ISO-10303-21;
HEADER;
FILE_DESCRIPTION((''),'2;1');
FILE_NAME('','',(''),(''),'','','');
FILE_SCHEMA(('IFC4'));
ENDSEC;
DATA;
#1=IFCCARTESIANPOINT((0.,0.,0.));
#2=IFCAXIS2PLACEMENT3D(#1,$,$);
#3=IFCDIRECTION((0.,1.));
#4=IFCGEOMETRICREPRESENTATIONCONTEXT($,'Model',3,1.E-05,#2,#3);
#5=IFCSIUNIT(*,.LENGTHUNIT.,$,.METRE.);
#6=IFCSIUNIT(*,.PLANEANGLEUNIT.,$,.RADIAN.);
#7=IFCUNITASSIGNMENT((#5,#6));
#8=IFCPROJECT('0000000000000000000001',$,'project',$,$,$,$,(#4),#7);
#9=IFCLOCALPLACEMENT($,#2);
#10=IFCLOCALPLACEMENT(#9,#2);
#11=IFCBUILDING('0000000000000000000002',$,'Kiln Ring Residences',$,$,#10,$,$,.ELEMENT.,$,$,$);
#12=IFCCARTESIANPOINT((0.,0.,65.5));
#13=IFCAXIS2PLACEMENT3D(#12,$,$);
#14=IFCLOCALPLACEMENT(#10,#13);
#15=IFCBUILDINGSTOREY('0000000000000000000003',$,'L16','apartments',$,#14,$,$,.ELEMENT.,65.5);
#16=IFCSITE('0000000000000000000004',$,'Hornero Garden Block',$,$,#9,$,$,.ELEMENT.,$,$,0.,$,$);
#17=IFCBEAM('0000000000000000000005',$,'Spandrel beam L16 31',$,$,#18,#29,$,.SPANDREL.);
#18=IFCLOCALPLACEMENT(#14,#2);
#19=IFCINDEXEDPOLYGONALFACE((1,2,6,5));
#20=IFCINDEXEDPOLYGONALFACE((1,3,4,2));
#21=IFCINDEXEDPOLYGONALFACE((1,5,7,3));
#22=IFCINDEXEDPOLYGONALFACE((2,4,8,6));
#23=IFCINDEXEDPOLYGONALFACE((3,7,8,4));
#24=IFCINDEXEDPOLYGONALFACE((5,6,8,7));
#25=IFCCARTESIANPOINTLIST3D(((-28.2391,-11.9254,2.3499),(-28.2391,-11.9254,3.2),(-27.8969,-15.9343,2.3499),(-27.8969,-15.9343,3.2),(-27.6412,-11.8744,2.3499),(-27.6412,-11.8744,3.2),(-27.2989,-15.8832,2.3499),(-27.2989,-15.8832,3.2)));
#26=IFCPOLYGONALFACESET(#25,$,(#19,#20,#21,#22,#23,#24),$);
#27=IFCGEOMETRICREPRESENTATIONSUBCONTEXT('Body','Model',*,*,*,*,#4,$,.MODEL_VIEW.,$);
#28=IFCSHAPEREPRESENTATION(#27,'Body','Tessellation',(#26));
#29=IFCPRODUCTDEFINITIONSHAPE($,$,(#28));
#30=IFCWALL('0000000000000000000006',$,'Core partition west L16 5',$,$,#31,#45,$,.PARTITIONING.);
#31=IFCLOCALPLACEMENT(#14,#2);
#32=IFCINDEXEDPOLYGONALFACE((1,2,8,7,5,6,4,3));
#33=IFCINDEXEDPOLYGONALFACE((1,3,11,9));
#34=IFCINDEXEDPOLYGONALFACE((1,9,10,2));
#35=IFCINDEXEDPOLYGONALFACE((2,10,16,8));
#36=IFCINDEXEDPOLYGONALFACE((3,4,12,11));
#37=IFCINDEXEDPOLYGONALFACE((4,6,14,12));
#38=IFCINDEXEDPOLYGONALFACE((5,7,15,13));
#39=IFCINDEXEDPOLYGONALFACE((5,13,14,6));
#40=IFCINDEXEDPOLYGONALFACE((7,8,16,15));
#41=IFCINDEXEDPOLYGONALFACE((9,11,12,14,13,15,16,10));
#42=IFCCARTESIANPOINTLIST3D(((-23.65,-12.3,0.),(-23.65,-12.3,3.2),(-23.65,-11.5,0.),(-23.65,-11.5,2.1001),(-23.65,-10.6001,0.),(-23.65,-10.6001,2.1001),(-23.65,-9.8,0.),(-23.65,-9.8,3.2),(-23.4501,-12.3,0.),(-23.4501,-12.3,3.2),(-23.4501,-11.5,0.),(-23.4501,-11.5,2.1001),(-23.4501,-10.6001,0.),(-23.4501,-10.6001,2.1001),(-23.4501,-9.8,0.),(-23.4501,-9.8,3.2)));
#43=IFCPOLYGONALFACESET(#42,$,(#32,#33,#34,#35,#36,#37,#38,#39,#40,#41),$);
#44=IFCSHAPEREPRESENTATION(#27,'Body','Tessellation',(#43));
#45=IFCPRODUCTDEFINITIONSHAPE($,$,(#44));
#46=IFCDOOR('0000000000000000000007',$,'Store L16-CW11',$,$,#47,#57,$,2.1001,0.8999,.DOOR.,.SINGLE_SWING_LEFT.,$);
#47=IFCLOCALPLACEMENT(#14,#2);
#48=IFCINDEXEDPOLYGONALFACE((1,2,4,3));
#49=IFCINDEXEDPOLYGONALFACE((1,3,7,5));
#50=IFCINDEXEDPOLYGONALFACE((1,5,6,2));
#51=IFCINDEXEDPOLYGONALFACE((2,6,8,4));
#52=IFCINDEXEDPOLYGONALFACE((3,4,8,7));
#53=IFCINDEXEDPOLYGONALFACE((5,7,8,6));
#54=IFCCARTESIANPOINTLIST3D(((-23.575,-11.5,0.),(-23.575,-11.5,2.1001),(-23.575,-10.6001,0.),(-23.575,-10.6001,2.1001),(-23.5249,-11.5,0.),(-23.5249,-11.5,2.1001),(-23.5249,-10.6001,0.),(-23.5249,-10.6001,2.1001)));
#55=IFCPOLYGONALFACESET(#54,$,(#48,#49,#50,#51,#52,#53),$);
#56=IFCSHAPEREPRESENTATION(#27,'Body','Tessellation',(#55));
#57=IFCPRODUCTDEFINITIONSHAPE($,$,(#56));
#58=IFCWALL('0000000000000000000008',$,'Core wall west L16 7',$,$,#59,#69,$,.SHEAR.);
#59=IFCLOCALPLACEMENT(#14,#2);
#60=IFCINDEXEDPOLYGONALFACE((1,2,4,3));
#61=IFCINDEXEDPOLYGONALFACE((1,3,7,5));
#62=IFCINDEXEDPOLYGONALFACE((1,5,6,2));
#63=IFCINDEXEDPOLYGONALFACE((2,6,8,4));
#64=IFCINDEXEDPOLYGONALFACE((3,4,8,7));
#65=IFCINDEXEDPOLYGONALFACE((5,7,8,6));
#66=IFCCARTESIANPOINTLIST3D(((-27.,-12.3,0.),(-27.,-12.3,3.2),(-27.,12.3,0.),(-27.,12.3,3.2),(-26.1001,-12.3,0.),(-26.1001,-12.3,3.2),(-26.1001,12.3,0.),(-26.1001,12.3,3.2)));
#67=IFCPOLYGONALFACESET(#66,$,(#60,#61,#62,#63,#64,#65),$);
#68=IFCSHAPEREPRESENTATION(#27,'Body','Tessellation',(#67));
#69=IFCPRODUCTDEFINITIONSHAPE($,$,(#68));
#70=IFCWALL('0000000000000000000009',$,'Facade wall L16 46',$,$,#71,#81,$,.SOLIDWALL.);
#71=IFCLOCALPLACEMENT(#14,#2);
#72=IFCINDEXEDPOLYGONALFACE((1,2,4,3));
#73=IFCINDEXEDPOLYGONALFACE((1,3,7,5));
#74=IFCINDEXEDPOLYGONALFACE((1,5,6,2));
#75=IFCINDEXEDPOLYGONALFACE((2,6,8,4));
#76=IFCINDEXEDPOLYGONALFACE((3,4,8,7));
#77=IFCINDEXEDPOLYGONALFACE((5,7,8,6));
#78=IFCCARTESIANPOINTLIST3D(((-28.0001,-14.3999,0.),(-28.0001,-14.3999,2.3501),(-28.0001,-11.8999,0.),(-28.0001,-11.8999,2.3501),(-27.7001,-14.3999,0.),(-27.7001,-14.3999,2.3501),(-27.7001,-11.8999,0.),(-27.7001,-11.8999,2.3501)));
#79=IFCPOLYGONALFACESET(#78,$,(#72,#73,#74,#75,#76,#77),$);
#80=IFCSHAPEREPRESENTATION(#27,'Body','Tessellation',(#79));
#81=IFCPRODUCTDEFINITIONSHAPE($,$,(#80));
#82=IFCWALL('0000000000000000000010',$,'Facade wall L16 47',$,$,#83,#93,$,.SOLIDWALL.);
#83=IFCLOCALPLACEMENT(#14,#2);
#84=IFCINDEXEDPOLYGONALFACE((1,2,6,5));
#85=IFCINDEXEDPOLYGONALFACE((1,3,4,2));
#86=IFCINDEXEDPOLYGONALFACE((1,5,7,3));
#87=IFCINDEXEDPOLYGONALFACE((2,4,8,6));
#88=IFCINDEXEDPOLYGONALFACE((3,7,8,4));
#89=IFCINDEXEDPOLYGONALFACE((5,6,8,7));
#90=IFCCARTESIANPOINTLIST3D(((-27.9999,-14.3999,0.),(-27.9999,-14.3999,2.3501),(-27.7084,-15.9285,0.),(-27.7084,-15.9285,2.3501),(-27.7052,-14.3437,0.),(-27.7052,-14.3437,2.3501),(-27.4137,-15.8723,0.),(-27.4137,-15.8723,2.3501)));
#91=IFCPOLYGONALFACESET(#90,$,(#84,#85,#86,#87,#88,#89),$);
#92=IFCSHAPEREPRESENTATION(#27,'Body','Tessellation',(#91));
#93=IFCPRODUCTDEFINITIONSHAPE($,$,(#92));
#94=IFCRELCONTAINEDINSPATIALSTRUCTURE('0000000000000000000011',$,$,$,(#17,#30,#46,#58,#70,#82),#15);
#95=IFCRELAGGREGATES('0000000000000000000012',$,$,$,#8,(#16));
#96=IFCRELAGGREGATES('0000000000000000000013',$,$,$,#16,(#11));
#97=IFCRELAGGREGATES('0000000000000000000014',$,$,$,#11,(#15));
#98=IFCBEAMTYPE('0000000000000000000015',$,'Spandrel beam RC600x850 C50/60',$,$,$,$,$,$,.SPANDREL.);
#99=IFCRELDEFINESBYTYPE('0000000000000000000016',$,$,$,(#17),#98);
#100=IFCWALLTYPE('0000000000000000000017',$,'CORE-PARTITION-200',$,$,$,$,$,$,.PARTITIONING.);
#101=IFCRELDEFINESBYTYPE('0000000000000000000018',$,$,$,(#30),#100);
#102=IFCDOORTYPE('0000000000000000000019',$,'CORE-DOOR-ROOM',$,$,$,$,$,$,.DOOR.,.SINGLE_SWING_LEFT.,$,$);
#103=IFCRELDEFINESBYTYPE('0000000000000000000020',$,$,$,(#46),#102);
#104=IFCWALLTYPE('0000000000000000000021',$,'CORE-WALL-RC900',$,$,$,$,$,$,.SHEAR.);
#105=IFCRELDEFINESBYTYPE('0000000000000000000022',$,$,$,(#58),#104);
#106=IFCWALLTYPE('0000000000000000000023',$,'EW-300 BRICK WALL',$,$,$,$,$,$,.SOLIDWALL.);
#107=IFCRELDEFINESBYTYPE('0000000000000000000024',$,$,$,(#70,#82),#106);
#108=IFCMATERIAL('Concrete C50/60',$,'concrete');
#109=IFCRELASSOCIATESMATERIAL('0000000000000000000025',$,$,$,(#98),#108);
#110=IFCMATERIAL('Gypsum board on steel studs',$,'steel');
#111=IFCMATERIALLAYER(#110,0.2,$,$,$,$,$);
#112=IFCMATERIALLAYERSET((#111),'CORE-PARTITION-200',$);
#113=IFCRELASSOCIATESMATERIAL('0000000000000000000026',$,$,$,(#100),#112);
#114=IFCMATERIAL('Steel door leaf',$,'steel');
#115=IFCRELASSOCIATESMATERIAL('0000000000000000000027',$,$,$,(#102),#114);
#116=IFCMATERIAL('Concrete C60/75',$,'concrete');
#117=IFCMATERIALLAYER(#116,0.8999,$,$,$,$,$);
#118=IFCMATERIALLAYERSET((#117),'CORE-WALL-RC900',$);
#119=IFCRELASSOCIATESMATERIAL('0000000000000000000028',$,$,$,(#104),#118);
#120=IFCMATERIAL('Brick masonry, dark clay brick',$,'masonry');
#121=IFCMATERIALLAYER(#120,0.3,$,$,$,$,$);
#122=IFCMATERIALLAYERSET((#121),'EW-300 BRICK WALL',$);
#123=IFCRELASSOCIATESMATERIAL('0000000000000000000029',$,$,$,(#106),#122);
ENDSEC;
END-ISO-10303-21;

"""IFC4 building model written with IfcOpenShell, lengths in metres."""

from ifc_helpers import new_model, si_unit, direction, frame, frame_2d, origin, origin_2d, place, context, subcontext, project, spatial, rectangle, extrude, material, layer, layer_set, material_profile, profile_set, type_object, element, fill, save


model = new_model("IFC4")

# Units and contexts
model_context = context("Model", 3, precision=1e-05, world=origin(), true_north=direction((0.0, 1.0)))
body_context = subcontext(model_context, "Body", "Model", "MODEL_VIEW")
ifc_project = project(units=[si_unit("LENGTHUNIT", "METRE"), si_unit("PLANEANGLEUNIT", "RADIAN")], contexts=[model_context])

# Site, building, storey
site_placement = place(None, origin())
site = spatial("IfcSite", under=ifc_project, at=site_placement, Name="Hornero Garden Block", CompositionType="ELEMENT", RefElevation=0.0)
building_placement = place(site_placement, origin())
building = spatial("IfcBuilding", under=site, at=building_placement, Name="Kiln Ring Residences", CompositionType="ELEMENT")
storey_placement = place(building_placement, frame((0.0, 0.0, 65.5)))
storey = spatial("IfcBuildingStorey", under=building, at=storey_placement, Name="L16", Description="apartments", CompositionType="ELEMENT", Elevation=65.5)

# Beam
ifc_material_1 = material(Name="Concrete C50/60", Category="concrete")
ifc_material_profile = material_profile(ifc_material_1, rectangle(XDim=0.6001, YDim=0.8501, at=origin_2d()), Name="RC600x850")
ifc_profile_set = profile_set([ifc_material_profile], Name="Concrete C50/60")
beam_type = type_object("IfcBeamType", Name="Spandrel beam RC600x850 C50/60", PredefinedType="SPANDREL", material=ifc_profile_set)
beam_placement = place(storey_placement, frame((-27.9402, -11.8999, 2.7749), z_axis=(0.085074, -0.996375, 0.0), x_axis=(0.996375, 0.085074, 0.0)))
element("IfcBeam", 1, at=beam_placement, inside=storey, type_object=beam_type, Name="Spandrel beam L16 31", PredefinedType="SPANDREL", context=body_context, shape_type="SweptSolid", body=[
    extrude(rectangle(XDim=0.6001, YDim=0.8501, at=origin_2d()), origin(), (0.0, 0.0, 1.0), 4.0234),
])

# Wall, opening, door
ifc_material_2 = material(Name="Gypsum board on steel studs", Category="steel")
ifc_layer_1 = layer(ifc_material_2, 0.2)
ifc_layer_set_1 = layer_set([ifc_layer_1], Name="CORE-PARTITION-200")
wall_type_1 = type_object("IfcWallType", Name="CORE-PARTITION-200", PredefinedType="PARTITIONING", material=ifc_layer_set_1)
wall_1_placement = place(storey_placement, frame((-23.55, -12.3, 0.0), z_axis=(0.0, 0.0, 1.0), x_axis=(0.0, 1.0, 0.0)))
wall_1 = element("IfcWall", 2, at=wall_1_placement, inside=storey, type_object=wall_type_1, Name="Core partition west L16 5", PredefinedType="PARTITIONING", context=body_context, shape_type="SweptSolid", body=[
    extrude(rectangle(XDim=2.5, YDim=0.2, at=frame_2d((1.25, 0.0))), origin(), (0.0, 0.0, 1.0), 3.2),
])
opening_1_placement = place(wall_1_placement, frame((0.8, 0.0, 0.0)))
opening_1 = element("IfcOpeningElement", 3, at=opening_1_placement, cuts=wall_1, PredefinedType="OPENING", context=body_context, shape_type="SweptSolid", body=[
    extrude(rectangle(XDim=0.8999, YDim=2.1001, at=frame_2d((0.45, 1.05))), frame((0.0, 0.1099, 0.0), z_axis=(0.0, -1.0, 0.0), x_axis=(1.0, 0.0, 0.0)), (0.0, 0.0, 1.0), 0.22),
])
ifc_material_3 = material(Name="Steel door leaf", Category="steel")
door_type_1 = type_object("IfcDoorType", Name="CORE-DOOR-ROOM", OperationType="SINGLE_SWING_LEFT", PredefinedType="DOOR", material=ifc_material_3)
door_1_placement = place(opening_1_placement, origin())
door_1 = element("IfcDoor", 4, at=door_1_placement, inside=storey, type_object=door_type_1, Name="Store L16-CW11", OperationType="SINGLE_SWING_LEFT", OverallHeight=2.1001, OverallWidth=0.8999, PredefinedType="DOOR", context=body_context, shape_type="SweptSolid", body=[
    extrude(rectangle(XDim=0.8999, YDim=2.1001, at=frame_2d((0.45, 1.05))), frame((0.0, 0.0249, 0.0), z_axis=(0.0, -1.0, 0.0), x_axis=(1.0, 0.0, 0.0)), (0.0, 0.0, 1.0), 0.05),
])
fill(opening_1, door_1)

# Walls
ifc_material_4 = material(Name="Concrete C60/75", Category="concrete")
ifc_layer_2 = layer(ifc_material_4, 0.8999)
ifc_layer_set_2 = layer_set([ifc_layer_2], Name="CORE-WALL-RC900")
wall_type_2 = type_object("IfcWallType", Name="CORE-WALL-RC900", PredefinedType="SHEAR", material=ifc_layer_set_2)
wall_2_placement = place(storey_placement, frame((-26.55, -12.3, 0.0), z_axis=(0.0, 0.0, 1.0), x_axis=(0.0, 1.0, 0.0)))
element("IfcWall", 5, at=wall_2_placement, inside=storey, type_object=wall_type_2, Name="Core wall west L16 7", PredefinedType="SHEAR", context=body_context, shape_type="SweptSolid", body=[
    extrude(rectangle(XDim=24.6001, YDim=0.8999, at=frame_2d((12.3, 0.0))), origin(), (0.0, 0.0, 1.0), 3.2),
])
ifc_material_5 = material(Name="Brick masonry, dark clay brick", Category="masonry")
ifc_layer_3 = layer(ifc_material_5, 0.3)
ifc_layer_set_3 = layer_set([ifc_layer_3], Name="EW-300 BRICK WALL")
wall_type_3 = type_object("IfcWallType", Name="EW-300 BRICK WALL", PredefinedType="SOLIDWALL", material=ifc_layer_set_3)
wall_3_placement = place(storey_placement, frame((-27.8501, -11.8999, 0.0), z_axis=(0.0, 0.0, 1.0), x_axis=(0.0, -1.0, 0.0)))
element("IfcWall", 6, at=wall_3_placement, inside=storey, type_object=wall_type_3, Name="Facade wall L16 46", PredefinedType="SOLIDWALL", context=body_context, shape_type="SweptSolid", body=[
    extrude(rectangle(XDim=2.5, YDim=0.3, at=frame_2d((1.25, 0.0))), origin(), (0.0, 0.0, 1.0), 2.3501),
])
wall_4_placement = place(storey_placement, frame((-27.8525, -14.3718, 0.0), z_axis=(0.0, 0.0, 1.0), x_axis=(0.187328, -0.982297, 0.0)))
element("IfcWall", 7, at=wall_4_placement, inside=storey, type_object=wall_type_3, Name="Facade wall L16 47", PredefinedType="SOLIDWALL", context=body_context, shape_type="SweptSolid", body=[
    extrude(rectangle(XDim=1.5562, YDim=0.3, at=frame_2d((0.7781, 0.0))), origin(), (0.0, 0.0, 1.0), 2.3501),
])

save(model, "model.ifc")
